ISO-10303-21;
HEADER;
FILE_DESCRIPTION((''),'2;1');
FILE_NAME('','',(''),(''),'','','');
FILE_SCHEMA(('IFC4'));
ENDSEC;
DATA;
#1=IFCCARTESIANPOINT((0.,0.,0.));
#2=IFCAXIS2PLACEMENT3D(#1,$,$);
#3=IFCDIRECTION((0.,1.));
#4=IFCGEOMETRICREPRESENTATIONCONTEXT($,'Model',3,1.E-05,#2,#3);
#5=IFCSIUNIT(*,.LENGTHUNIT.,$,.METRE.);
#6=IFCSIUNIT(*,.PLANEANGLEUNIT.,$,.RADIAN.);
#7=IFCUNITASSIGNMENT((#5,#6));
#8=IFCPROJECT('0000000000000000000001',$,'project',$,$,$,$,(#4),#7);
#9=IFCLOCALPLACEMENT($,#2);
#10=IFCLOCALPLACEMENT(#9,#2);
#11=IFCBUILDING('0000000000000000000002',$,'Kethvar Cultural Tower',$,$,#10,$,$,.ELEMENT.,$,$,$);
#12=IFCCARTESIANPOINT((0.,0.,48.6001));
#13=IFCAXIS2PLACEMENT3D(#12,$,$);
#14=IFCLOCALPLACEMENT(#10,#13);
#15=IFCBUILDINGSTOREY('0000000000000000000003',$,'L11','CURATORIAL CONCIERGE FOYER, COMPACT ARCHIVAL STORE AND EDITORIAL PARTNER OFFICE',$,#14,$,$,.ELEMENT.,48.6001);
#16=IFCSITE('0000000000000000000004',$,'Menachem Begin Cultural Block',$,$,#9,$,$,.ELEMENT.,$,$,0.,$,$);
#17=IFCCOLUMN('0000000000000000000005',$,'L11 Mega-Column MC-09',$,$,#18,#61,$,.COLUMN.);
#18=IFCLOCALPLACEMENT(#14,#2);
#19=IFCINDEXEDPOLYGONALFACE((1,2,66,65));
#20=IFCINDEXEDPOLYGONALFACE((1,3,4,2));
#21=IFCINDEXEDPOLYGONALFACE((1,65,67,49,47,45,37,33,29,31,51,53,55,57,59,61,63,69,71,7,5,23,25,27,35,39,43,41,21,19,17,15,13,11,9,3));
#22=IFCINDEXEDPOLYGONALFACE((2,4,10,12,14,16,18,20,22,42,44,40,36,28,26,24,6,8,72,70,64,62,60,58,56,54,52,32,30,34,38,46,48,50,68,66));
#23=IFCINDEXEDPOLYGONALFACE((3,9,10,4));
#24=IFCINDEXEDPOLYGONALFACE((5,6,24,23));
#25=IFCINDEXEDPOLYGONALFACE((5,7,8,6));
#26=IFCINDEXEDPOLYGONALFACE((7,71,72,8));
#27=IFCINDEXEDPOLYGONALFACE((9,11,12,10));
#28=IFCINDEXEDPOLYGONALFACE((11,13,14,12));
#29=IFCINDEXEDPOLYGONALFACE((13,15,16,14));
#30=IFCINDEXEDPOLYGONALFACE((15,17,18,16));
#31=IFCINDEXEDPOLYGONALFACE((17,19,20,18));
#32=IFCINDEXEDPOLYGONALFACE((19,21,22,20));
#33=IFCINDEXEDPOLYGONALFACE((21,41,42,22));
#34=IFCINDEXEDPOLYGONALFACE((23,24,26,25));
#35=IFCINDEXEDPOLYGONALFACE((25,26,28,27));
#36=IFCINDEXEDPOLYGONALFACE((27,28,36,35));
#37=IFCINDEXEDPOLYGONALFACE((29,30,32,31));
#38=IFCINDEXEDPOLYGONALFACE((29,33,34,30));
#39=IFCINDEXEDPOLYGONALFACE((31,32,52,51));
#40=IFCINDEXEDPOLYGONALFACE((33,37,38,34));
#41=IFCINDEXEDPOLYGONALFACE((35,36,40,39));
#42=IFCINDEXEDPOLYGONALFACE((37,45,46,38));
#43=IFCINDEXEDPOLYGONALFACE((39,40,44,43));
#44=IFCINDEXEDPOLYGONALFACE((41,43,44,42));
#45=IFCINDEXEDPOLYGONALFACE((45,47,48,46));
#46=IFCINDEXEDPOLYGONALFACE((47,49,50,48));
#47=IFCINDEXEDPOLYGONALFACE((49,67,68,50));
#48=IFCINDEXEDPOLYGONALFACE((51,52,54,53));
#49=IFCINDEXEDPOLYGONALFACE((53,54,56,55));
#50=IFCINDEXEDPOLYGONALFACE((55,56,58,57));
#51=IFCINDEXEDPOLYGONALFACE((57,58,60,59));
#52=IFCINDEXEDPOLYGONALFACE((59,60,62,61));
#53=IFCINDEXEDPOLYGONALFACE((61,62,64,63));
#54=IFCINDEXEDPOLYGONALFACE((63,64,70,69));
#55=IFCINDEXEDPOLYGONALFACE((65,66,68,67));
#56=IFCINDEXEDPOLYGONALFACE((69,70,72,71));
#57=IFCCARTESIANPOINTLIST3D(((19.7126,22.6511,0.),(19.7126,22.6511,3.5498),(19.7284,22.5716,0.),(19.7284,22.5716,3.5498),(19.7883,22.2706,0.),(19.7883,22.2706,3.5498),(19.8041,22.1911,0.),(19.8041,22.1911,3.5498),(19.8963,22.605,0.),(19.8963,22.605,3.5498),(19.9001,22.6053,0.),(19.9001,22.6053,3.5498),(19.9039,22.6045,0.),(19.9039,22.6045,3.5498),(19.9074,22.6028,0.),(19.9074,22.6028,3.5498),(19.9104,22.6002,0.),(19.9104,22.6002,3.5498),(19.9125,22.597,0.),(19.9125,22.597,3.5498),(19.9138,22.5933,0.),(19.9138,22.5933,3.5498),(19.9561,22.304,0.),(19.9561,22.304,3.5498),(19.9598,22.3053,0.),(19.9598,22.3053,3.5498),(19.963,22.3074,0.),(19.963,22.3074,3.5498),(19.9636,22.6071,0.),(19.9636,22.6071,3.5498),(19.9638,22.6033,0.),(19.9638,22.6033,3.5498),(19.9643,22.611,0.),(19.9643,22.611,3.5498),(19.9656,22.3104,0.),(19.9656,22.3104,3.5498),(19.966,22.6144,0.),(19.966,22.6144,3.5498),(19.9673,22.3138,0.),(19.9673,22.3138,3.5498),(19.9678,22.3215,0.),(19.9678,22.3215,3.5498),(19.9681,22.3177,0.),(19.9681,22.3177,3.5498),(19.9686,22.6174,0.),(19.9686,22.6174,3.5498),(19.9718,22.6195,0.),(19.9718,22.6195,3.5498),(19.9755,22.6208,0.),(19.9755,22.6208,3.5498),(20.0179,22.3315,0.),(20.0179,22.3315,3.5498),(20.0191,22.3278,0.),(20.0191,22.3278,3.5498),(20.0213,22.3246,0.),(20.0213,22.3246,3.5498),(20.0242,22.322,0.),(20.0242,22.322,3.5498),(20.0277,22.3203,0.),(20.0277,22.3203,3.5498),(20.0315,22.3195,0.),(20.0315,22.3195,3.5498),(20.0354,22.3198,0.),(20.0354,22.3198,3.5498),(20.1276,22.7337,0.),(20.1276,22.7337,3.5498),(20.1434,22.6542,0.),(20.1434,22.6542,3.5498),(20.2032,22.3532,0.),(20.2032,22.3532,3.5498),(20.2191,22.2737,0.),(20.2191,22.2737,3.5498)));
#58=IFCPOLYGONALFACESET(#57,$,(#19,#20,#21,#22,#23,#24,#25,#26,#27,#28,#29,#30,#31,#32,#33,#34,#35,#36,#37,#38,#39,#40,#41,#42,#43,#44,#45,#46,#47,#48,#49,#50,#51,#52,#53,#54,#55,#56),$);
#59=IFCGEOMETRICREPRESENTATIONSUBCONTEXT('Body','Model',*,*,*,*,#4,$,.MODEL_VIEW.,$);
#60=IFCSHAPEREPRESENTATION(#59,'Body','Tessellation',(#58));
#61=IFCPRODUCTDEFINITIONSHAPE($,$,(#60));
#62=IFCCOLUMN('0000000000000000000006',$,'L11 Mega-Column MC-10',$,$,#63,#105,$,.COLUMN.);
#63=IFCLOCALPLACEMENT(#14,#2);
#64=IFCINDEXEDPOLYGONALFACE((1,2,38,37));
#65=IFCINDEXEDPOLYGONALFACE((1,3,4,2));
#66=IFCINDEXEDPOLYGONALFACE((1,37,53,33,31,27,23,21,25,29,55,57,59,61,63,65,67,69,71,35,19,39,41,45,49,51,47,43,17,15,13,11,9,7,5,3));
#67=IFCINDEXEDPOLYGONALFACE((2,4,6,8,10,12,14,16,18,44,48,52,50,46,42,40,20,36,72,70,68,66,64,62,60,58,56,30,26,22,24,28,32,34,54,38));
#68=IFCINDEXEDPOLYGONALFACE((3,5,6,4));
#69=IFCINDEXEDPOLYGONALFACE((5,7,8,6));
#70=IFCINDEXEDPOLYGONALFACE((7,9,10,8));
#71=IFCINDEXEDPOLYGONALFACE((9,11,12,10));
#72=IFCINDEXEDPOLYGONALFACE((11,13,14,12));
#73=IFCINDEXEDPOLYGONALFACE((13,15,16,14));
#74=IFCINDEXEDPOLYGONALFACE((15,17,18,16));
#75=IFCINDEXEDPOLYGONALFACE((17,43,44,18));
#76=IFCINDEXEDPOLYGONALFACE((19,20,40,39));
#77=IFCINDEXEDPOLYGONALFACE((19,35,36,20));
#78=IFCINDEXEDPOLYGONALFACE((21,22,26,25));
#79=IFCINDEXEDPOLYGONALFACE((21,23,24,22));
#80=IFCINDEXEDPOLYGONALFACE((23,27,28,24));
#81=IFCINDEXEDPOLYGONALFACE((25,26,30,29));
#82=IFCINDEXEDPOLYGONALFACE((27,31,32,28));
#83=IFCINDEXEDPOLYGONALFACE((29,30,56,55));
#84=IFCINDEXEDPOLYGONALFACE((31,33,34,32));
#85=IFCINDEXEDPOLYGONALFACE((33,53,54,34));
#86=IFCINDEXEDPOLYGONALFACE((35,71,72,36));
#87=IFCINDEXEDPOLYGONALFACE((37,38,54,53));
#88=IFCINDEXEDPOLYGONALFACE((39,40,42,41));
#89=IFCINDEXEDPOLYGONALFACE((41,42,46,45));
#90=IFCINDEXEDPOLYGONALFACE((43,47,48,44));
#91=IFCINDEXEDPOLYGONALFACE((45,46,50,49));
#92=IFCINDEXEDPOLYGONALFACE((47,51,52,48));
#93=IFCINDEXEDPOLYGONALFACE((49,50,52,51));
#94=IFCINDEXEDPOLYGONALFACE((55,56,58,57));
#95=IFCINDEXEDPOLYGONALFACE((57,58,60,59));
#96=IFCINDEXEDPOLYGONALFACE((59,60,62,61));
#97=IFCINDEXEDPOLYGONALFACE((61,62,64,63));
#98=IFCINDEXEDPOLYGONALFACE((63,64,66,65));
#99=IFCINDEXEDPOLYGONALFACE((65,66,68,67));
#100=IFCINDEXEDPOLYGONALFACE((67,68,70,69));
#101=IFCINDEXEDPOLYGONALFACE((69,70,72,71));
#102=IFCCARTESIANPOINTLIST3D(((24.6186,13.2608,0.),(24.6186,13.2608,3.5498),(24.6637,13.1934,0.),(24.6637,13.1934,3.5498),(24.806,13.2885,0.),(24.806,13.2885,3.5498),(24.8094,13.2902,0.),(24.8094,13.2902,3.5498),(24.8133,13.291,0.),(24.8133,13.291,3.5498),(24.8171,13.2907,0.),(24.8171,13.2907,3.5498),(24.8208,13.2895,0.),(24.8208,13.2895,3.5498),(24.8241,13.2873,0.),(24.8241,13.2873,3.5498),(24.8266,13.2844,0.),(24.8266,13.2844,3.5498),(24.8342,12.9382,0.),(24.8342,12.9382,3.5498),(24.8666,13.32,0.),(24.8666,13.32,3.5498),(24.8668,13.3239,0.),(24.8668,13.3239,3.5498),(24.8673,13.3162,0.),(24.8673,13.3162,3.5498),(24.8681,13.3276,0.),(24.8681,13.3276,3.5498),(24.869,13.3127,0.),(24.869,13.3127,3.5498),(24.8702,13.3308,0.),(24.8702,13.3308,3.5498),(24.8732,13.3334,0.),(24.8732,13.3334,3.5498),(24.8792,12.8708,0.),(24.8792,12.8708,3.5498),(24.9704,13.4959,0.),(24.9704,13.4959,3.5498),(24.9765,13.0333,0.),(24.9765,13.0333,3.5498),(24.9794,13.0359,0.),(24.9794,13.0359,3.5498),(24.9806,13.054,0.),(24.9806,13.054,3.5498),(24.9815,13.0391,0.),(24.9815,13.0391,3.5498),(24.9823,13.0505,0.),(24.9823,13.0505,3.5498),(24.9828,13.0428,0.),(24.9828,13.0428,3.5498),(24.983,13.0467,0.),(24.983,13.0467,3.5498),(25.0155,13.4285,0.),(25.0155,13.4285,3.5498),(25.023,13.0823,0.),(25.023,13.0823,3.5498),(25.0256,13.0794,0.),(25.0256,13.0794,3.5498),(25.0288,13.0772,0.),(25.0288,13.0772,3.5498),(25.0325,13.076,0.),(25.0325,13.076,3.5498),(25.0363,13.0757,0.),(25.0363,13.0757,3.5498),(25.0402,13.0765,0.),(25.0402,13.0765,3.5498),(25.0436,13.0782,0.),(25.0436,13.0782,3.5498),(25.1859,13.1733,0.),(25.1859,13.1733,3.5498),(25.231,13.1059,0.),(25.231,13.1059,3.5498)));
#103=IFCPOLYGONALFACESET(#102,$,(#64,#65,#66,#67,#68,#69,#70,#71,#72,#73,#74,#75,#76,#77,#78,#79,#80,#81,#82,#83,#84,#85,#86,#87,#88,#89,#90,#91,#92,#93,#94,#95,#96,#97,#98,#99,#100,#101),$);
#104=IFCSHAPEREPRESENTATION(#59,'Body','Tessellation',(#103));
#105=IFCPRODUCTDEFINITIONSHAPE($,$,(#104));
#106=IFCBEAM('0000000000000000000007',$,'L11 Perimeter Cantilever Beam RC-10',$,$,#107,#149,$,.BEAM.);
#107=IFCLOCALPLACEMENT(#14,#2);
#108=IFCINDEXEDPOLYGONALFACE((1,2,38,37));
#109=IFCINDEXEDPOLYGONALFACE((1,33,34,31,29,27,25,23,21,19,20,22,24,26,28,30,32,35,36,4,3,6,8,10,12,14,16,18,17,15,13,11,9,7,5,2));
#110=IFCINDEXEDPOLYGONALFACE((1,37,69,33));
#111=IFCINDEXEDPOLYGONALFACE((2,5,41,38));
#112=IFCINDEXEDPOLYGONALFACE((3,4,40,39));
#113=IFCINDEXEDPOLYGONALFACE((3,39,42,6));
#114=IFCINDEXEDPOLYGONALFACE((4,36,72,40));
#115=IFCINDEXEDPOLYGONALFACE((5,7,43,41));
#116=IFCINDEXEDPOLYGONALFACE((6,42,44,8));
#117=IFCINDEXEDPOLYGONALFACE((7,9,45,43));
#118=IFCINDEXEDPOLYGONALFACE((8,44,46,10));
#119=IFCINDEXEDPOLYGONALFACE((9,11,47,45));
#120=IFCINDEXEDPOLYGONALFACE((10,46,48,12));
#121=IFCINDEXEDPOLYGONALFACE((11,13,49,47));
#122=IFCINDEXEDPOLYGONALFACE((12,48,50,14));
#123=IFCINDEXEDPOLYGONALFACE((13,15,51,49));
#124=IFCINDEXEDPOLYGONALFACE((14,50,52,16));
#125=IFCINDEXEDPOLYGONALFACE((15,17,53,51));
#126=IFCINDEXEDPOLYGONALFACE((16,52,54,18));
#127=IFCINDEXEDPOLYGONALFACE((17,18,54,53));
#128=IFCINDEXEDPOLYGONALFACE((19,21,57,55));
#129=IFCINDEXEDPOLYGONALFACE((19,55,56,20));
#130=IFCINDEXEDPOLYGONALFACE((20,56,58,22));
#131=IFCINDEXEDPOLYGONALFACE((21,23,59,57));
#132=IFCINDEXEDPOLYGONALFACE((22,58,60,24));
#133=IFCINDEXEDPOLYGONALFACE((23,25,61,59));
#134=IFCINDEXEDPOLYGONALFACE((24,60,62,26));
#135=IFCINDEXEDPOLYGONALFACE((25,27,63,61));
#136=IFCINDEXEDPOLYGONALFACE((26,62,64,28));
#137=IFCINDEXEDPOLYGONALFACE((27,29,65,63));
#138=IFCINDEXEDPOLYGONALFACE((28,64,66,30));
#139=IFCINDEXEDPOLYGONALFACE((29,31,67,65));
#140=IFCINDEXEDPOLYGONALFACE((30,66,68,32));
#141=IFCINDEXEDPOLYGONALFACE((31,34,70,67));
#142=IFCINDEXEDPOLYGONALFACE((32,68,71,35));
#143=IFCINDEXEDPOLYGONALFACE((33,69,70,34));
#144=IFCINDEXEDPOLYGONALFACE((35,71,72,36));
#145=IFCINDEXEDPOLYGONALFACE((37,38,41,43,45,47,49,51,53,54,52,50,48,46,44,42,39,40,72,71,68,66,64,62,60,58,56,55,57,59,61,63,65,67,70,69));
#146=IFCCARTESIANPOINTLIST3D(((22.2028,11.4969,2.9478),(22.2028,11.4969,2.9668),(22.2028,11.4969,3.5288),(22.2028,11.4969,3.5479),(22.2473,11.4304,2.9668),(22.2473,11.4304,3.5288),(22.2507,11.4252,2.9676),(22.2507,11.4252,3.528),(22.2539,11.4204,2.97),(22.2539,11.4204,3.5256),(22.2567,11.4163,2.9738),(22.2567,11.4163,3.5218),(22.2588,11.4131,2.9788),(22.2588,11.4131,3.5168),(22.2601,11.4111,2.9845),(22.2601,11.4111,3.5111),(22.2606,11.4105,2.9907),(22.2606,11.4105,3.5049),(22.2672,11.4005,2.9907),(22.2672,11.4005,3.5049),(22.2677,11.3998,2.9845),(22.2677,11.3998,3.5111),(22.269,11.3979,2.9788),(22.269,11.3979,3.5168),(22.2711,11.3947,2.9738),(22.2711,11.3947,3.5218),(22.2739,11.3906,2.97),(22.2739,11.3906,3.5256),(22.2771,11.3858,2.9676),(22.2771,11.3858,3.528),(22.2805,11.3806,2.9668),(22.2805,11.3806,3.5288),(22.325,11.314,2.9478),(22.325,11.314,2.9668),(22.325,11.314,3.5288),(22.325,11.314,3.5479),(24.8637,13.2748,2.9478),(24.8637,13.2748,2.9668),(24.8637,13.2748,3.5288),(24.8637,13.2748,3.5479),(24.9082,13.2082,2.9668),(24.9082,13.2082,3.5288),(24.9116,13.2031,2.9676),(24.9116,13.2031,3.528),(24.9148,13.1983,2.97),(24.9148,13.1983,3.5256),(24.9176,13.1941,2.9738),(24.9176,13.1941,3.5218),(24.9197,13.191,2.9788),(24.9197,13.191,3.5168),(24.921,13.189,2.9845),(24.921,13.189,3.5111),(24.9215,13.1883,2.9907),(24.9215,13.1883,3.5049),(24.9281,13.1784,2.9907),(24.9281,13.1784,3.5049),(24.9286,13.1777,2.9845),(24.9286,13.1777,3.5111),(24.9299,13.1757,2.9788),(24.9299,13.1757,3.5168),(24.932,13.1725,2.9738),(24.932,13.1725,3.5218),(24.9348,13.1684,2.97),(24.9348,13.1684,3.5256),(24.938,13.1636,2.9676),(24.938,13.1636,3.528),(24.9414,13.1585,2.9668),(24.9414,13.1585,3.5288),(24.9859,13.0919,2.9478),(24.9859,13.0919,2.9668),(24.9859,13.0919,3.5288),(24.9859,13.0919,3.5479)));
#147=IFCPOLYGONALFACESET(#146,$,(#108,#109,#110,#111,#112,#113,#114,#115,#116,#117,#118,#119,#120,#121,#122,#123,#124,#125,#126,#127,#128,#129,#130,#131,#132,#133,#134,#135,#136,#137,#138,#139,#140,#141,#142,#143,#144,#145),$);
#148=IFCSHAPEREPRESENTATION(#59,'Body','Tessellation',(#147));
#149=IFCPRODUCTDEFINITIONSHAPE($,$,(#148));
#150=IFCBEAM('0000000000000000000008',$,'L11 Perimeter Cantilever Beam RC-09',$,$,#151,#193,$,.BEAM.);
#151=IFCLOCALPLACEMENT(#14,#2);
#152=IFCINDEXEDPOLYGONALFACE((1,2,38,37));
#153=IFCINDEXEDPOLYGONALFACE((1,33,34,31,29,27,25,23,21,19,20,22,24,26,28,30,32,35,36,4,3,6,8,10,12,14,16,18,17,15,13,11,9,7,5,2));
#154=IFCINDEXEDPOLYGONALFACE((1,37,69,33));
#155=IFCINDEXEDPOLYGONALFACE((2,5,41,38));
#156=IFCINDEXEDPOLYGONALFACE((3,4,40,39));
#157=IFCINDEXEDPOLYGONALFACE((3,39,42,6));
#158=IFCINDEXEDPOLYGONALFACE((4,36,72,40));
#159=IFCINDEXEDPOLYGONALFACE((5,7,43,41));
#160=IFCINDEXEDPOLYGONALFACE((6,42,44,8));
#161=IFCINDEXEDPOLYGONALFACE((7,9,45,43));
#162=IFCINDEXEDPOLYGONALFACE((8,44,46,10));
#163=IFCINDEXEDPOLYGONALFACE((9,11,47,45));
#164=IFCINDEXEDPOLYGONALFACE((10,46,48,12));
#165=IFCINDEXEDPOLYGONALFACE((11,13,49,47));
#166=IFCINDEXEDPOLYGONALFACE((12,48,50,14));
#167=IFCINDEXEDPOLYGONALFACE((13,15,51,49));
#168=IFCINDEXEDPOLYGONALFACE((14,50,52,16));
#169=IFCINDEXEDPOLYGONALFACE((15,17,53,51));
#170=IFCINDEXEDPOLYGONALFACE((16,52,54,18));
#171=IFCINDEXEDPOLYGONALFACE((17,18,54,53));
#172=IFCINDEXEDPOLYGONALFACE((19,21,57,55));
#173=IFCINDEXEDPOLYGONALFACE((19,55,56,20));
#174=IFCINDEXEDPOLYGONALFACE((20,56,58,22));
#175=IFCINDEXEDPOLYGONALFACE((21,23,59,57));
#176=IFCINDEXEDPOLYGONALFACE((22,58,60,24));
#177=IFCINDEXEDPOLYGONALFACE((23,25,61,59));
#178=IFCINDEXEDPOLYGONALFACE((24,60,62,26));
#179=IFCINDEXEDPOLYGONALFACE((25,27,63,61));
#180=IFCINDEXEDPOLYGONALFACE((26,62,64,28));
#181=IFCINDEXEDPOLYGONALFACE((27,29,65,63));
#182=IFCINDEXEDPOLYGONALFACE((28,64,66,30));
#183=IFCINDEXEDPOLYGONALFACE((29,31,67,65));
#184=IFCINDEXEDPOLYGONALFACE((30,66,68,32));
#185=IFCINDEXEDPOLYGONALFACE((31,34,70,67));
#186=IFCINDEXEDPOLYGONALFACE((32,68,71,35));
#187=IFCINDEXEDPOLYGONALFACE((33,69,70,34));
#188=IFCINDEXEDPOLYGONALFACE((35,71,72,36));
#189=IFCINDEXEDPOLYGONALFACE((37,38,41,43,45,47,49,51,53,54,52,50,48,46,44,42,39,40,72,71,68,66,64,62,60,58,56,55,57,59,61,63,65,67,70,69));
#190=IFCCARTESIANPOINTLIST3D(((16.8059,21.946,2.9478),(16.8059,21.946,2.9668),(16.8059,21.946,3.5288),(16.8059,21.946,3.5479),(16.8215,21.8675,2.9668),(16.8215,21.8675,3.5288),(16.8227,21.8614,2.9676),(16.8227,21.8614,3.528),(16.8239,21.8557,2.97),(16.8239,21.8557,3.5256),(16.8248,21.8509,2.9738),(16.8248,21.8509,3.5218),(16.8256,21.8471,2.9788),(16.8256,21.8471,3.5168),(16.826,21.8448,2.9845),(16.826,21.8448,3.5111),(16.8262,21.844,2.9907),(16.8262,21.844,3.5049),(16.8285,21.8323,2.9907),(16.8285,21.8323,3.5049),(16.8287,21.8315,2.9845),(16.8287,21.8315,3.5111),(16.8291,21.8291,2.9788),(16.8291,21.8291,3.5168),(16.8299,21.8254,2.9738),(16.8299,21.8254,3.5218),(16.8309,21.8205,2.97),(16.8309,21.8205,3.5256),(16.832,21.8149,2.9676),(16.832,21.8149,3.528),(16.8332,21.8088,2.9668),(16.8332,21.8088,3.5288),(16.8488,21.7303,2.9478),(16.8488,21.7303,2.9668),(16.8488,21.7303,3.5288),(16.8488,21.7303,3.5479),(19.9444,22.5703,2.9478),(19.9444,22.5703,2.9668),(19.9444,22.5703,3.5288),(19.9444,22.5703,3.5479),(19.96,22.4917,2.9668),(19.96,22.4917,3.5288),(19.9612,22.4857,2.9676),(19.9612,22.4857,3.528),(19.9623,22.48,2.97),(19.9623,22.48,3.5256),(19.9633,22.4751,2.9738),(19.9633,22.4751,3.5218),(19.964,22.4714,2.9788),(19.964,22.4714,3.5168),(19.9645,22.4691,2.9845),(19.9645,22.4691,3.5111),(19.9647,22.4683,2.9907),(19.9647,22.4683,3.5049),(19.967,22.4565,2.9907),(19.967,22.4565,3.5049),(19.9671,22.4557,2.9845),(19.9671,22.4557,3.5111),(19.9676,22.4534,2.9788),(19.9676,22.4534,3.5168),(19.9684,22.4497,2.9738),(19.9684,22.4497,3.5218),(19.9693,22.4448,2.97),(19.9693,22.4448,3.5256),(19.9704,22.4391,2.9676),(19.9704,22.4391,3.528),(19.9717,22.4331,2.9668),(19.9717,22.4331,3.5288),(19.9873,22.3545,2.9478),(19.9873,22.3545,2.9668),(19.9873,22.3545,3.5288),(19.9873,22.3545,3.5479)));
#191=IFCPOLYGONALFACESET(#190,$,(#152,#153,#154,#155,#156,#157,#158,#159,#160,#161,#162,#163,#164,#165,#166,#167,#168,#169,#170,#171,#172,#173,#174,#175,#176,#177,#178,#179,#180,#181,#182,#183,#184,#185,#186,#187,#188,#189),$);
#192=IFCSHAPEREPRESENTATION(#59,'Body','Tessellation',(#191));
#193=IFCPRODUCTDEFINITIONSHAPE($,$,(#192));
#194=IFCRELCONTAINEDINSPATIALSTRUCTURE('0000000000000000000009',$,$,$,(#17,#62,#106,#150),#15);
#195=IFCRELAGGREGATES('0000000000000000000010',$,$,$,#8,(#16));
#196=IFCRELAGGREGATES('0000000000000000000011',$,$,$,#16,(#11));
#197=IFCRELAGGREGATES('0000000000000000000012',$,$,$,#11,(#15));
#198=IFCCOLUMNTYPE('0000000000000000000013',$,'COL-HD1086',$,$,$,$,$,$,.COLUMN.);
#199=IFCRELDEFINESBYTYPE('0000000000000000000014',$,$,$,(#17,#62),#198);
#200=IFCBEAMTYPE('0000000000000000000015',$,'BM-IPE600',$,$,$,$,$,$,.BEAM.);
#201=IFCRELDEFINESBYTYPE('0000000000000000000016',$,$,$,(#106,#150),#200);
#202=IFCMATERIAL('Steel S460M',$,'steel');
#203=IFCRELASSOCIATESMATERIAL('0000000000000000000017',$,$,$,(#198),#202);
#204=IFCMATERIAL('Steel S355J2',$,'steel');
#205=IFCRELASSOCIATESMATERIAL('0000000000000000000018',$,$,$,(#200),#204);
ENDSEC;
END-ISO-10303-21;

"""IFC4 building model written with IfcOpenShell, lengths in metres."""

from ifc_helpers import new_model, si_unit, direction, frame, origin, origin_2d, place, context, subcontext, project, spatial, i_section, extrude, source, transform, mapped, material, material_profile, profile_set, type_object, element, save


model = new_model("IFC4")

# Units and contexts
model_context = context("Model", 3, precision=1e-05, world=origin(), true_north=direction((0.0, 1.0)))
body_context = subcontext(model_context, "Body", "Model", "MODEL_VIEW")
ifc_project = project(units=[si_unit("LENGTHUNIT", "METRE"), si_unit("PLANEANGLEUNIT", "RADIAN")], contexts=[model_context])

# Site, building, storey
site_placement = place(None, origin())
site = spatial("IfcSite", under=ifc_project, at=site_placement, Name="Menachem Begin Cultural Block", CompositionType="ELEMENT", RefElevation=0.0)
building_placement = place(site_placement, origin())
building = spatial("IfcBuilding", under=site, at=building_placement, Name="Kethvar Cultural Tower", CompositionType="ELEMENT")
storey_placement = place(building_placement, frame((0.0, 0.0, 48.6001)))
storey = spatial("IfcBuildingStorey", under=building, at=storey_placement, Name="L11", Description="CURATORIAL CONCIERGE FOYER, COMPACT ARCHIVAL STORE AND EDITORIAL PARTNER OFFICE", CompositionType="ELEMENT", Elevation=48.6001)

# Columns
ifc_material_1 = material(Name="Steel S460M", Category="steel")
ifc_material_profile_1 = material_profile(ifc_material_1, i_section(OverallWidth=0.4231, OverallDepth=0.469, WebThickness=0.051, FlangeThickness=0.0811, FilletRadius=0.0149, at=origin_2d()), Name="Steel S460M — HD400x1086")
ifc_profile_set_1 = profile_set([ifc_material_profile_1], Name="Steel S460M — HD400x1086")
column_type = type_object("IfcColumnType", Name="COL-HD1086", PredefinedType="COLUMN", material=ifc_profile_set_1)
shared_shape_1 = source(origin(), body_context, "Body", "SweptSolid", [
    extrude(i_section(OverallWidth=0.4231, OverallDepth=0.469, WebThickness=0.051, FlangeThickness=0.0811, FilletRadius=0.0149, at=origin_2d()), origin(), (0.0, 0.0, 1.0), 3.5498),
])
for number, where, z_axis, x_axis, name in (
    (1, (19.9658, 22.4624, 0.0), (0.0, 0.0, 1.0), (-0.980785, -0.19509, 0.0), "L11 Mega-Column MC-09"),
    (2, (24.9248, 13.1833, 0.0), (0.0, 0.0, 1.0), (-0.83147, -0.55557, 0.0), "L11 Mega-Column MC-10"),
):
    element("IfcColumn", number, at=place(storey_placement, frame(where, z_axis=z_axis, x_axis=x_axis)), inside=storey, type_object=column_type, Name=name, PredefinedType="COLUMN", context=body_context, shape_type="MappedRepresentation", body=[
        mapped(shared_shape_1, transform((0.0, 0.0, 0.0), scale=1.0)),
    ])

# Beams
ifc_material_2 = material(Name="Steel S355J2", Category="steel")
ifc_material_profile_2 = material_profile(ifc_material_2, i_section(OverallWidth=0.22, OverallDepth=0.6001, WebThickness=0.012, FlangeThickness=0.019, FilletRadius=0.0239, at=origin_2d()), Name="Steel S355J2 — IPE600")
ifc_profile_set_2 = profile_set([ifc_material_profile_2], Name="Steel S355J2 — IPE600")
beam_type_1 = type_object("IfcBeamType", Name="BM-IPE600", PredefinedType="BEAM", material=ifc_profile_set_2)
shared_shape_2 = source(origin(), body_context, "Body", "SweptSolid", [
    extrude(i_section(OverallWidth=0.22, OverallDepth=0.6001, WebThickness=0.012, FlangeThickness=0.019, FilletRadius=0.0239, at=origin_2d()), origin(), (0.0, 0.0, 1.0), 3.2002),
])
beam_1_placement = place(storey_placement, frame((24.9248, 13.1833, 3.2478), z_axis=(-0.831486, -0.555545, 0.0), x_axis=(0.555545, -0.831486, 0.0)))
element("IfcBeam", 3, at=beam_1_placement, inside=storey, type_object=beam_type_1, Name="L11 Perimeter Cantilever Beam RC-10", PredefinedType="BEAM", context=body_context, shape_type="MappedRepresentation", body=[
    mapped(shared_shape_2, transform((0.0, 0.0, 0.0), scale=1.0)),
])
shared_shape_3 = source(origin(), body_context, "Body", "SweptSolid", [
    extrude(i_section(OverallWidth=0.22, OverallDepth=0.6001, WebThickness=0.012, FlangeThickness=0.019, FilletRadius=0.0239, at=origin_2d()), origin(), (0.0, 0.0, 1.0), 3.2),
])
beam_2_placement = place(storey_placement, frame((19.9658, 22.4624, 3.2478), z_axis=(-0.980786, -0.195089, 0.0), x_axis=(0.195089, -0.980786, 0.0)))
element("IfcBeam", 4, at=beam_2_placement, inside=storey, type_object=beam_type_1, Name="L11 Perimeter Cantilever Beam RC-09", PredefinedType="BEAM", context=body_context, shape_type="MappedRepresentation", body=[
    mapped(shared_shape_3, transform((0.0, 0.0, 0.0), scale=1.0)),
])

save(model, "model.ifc")
